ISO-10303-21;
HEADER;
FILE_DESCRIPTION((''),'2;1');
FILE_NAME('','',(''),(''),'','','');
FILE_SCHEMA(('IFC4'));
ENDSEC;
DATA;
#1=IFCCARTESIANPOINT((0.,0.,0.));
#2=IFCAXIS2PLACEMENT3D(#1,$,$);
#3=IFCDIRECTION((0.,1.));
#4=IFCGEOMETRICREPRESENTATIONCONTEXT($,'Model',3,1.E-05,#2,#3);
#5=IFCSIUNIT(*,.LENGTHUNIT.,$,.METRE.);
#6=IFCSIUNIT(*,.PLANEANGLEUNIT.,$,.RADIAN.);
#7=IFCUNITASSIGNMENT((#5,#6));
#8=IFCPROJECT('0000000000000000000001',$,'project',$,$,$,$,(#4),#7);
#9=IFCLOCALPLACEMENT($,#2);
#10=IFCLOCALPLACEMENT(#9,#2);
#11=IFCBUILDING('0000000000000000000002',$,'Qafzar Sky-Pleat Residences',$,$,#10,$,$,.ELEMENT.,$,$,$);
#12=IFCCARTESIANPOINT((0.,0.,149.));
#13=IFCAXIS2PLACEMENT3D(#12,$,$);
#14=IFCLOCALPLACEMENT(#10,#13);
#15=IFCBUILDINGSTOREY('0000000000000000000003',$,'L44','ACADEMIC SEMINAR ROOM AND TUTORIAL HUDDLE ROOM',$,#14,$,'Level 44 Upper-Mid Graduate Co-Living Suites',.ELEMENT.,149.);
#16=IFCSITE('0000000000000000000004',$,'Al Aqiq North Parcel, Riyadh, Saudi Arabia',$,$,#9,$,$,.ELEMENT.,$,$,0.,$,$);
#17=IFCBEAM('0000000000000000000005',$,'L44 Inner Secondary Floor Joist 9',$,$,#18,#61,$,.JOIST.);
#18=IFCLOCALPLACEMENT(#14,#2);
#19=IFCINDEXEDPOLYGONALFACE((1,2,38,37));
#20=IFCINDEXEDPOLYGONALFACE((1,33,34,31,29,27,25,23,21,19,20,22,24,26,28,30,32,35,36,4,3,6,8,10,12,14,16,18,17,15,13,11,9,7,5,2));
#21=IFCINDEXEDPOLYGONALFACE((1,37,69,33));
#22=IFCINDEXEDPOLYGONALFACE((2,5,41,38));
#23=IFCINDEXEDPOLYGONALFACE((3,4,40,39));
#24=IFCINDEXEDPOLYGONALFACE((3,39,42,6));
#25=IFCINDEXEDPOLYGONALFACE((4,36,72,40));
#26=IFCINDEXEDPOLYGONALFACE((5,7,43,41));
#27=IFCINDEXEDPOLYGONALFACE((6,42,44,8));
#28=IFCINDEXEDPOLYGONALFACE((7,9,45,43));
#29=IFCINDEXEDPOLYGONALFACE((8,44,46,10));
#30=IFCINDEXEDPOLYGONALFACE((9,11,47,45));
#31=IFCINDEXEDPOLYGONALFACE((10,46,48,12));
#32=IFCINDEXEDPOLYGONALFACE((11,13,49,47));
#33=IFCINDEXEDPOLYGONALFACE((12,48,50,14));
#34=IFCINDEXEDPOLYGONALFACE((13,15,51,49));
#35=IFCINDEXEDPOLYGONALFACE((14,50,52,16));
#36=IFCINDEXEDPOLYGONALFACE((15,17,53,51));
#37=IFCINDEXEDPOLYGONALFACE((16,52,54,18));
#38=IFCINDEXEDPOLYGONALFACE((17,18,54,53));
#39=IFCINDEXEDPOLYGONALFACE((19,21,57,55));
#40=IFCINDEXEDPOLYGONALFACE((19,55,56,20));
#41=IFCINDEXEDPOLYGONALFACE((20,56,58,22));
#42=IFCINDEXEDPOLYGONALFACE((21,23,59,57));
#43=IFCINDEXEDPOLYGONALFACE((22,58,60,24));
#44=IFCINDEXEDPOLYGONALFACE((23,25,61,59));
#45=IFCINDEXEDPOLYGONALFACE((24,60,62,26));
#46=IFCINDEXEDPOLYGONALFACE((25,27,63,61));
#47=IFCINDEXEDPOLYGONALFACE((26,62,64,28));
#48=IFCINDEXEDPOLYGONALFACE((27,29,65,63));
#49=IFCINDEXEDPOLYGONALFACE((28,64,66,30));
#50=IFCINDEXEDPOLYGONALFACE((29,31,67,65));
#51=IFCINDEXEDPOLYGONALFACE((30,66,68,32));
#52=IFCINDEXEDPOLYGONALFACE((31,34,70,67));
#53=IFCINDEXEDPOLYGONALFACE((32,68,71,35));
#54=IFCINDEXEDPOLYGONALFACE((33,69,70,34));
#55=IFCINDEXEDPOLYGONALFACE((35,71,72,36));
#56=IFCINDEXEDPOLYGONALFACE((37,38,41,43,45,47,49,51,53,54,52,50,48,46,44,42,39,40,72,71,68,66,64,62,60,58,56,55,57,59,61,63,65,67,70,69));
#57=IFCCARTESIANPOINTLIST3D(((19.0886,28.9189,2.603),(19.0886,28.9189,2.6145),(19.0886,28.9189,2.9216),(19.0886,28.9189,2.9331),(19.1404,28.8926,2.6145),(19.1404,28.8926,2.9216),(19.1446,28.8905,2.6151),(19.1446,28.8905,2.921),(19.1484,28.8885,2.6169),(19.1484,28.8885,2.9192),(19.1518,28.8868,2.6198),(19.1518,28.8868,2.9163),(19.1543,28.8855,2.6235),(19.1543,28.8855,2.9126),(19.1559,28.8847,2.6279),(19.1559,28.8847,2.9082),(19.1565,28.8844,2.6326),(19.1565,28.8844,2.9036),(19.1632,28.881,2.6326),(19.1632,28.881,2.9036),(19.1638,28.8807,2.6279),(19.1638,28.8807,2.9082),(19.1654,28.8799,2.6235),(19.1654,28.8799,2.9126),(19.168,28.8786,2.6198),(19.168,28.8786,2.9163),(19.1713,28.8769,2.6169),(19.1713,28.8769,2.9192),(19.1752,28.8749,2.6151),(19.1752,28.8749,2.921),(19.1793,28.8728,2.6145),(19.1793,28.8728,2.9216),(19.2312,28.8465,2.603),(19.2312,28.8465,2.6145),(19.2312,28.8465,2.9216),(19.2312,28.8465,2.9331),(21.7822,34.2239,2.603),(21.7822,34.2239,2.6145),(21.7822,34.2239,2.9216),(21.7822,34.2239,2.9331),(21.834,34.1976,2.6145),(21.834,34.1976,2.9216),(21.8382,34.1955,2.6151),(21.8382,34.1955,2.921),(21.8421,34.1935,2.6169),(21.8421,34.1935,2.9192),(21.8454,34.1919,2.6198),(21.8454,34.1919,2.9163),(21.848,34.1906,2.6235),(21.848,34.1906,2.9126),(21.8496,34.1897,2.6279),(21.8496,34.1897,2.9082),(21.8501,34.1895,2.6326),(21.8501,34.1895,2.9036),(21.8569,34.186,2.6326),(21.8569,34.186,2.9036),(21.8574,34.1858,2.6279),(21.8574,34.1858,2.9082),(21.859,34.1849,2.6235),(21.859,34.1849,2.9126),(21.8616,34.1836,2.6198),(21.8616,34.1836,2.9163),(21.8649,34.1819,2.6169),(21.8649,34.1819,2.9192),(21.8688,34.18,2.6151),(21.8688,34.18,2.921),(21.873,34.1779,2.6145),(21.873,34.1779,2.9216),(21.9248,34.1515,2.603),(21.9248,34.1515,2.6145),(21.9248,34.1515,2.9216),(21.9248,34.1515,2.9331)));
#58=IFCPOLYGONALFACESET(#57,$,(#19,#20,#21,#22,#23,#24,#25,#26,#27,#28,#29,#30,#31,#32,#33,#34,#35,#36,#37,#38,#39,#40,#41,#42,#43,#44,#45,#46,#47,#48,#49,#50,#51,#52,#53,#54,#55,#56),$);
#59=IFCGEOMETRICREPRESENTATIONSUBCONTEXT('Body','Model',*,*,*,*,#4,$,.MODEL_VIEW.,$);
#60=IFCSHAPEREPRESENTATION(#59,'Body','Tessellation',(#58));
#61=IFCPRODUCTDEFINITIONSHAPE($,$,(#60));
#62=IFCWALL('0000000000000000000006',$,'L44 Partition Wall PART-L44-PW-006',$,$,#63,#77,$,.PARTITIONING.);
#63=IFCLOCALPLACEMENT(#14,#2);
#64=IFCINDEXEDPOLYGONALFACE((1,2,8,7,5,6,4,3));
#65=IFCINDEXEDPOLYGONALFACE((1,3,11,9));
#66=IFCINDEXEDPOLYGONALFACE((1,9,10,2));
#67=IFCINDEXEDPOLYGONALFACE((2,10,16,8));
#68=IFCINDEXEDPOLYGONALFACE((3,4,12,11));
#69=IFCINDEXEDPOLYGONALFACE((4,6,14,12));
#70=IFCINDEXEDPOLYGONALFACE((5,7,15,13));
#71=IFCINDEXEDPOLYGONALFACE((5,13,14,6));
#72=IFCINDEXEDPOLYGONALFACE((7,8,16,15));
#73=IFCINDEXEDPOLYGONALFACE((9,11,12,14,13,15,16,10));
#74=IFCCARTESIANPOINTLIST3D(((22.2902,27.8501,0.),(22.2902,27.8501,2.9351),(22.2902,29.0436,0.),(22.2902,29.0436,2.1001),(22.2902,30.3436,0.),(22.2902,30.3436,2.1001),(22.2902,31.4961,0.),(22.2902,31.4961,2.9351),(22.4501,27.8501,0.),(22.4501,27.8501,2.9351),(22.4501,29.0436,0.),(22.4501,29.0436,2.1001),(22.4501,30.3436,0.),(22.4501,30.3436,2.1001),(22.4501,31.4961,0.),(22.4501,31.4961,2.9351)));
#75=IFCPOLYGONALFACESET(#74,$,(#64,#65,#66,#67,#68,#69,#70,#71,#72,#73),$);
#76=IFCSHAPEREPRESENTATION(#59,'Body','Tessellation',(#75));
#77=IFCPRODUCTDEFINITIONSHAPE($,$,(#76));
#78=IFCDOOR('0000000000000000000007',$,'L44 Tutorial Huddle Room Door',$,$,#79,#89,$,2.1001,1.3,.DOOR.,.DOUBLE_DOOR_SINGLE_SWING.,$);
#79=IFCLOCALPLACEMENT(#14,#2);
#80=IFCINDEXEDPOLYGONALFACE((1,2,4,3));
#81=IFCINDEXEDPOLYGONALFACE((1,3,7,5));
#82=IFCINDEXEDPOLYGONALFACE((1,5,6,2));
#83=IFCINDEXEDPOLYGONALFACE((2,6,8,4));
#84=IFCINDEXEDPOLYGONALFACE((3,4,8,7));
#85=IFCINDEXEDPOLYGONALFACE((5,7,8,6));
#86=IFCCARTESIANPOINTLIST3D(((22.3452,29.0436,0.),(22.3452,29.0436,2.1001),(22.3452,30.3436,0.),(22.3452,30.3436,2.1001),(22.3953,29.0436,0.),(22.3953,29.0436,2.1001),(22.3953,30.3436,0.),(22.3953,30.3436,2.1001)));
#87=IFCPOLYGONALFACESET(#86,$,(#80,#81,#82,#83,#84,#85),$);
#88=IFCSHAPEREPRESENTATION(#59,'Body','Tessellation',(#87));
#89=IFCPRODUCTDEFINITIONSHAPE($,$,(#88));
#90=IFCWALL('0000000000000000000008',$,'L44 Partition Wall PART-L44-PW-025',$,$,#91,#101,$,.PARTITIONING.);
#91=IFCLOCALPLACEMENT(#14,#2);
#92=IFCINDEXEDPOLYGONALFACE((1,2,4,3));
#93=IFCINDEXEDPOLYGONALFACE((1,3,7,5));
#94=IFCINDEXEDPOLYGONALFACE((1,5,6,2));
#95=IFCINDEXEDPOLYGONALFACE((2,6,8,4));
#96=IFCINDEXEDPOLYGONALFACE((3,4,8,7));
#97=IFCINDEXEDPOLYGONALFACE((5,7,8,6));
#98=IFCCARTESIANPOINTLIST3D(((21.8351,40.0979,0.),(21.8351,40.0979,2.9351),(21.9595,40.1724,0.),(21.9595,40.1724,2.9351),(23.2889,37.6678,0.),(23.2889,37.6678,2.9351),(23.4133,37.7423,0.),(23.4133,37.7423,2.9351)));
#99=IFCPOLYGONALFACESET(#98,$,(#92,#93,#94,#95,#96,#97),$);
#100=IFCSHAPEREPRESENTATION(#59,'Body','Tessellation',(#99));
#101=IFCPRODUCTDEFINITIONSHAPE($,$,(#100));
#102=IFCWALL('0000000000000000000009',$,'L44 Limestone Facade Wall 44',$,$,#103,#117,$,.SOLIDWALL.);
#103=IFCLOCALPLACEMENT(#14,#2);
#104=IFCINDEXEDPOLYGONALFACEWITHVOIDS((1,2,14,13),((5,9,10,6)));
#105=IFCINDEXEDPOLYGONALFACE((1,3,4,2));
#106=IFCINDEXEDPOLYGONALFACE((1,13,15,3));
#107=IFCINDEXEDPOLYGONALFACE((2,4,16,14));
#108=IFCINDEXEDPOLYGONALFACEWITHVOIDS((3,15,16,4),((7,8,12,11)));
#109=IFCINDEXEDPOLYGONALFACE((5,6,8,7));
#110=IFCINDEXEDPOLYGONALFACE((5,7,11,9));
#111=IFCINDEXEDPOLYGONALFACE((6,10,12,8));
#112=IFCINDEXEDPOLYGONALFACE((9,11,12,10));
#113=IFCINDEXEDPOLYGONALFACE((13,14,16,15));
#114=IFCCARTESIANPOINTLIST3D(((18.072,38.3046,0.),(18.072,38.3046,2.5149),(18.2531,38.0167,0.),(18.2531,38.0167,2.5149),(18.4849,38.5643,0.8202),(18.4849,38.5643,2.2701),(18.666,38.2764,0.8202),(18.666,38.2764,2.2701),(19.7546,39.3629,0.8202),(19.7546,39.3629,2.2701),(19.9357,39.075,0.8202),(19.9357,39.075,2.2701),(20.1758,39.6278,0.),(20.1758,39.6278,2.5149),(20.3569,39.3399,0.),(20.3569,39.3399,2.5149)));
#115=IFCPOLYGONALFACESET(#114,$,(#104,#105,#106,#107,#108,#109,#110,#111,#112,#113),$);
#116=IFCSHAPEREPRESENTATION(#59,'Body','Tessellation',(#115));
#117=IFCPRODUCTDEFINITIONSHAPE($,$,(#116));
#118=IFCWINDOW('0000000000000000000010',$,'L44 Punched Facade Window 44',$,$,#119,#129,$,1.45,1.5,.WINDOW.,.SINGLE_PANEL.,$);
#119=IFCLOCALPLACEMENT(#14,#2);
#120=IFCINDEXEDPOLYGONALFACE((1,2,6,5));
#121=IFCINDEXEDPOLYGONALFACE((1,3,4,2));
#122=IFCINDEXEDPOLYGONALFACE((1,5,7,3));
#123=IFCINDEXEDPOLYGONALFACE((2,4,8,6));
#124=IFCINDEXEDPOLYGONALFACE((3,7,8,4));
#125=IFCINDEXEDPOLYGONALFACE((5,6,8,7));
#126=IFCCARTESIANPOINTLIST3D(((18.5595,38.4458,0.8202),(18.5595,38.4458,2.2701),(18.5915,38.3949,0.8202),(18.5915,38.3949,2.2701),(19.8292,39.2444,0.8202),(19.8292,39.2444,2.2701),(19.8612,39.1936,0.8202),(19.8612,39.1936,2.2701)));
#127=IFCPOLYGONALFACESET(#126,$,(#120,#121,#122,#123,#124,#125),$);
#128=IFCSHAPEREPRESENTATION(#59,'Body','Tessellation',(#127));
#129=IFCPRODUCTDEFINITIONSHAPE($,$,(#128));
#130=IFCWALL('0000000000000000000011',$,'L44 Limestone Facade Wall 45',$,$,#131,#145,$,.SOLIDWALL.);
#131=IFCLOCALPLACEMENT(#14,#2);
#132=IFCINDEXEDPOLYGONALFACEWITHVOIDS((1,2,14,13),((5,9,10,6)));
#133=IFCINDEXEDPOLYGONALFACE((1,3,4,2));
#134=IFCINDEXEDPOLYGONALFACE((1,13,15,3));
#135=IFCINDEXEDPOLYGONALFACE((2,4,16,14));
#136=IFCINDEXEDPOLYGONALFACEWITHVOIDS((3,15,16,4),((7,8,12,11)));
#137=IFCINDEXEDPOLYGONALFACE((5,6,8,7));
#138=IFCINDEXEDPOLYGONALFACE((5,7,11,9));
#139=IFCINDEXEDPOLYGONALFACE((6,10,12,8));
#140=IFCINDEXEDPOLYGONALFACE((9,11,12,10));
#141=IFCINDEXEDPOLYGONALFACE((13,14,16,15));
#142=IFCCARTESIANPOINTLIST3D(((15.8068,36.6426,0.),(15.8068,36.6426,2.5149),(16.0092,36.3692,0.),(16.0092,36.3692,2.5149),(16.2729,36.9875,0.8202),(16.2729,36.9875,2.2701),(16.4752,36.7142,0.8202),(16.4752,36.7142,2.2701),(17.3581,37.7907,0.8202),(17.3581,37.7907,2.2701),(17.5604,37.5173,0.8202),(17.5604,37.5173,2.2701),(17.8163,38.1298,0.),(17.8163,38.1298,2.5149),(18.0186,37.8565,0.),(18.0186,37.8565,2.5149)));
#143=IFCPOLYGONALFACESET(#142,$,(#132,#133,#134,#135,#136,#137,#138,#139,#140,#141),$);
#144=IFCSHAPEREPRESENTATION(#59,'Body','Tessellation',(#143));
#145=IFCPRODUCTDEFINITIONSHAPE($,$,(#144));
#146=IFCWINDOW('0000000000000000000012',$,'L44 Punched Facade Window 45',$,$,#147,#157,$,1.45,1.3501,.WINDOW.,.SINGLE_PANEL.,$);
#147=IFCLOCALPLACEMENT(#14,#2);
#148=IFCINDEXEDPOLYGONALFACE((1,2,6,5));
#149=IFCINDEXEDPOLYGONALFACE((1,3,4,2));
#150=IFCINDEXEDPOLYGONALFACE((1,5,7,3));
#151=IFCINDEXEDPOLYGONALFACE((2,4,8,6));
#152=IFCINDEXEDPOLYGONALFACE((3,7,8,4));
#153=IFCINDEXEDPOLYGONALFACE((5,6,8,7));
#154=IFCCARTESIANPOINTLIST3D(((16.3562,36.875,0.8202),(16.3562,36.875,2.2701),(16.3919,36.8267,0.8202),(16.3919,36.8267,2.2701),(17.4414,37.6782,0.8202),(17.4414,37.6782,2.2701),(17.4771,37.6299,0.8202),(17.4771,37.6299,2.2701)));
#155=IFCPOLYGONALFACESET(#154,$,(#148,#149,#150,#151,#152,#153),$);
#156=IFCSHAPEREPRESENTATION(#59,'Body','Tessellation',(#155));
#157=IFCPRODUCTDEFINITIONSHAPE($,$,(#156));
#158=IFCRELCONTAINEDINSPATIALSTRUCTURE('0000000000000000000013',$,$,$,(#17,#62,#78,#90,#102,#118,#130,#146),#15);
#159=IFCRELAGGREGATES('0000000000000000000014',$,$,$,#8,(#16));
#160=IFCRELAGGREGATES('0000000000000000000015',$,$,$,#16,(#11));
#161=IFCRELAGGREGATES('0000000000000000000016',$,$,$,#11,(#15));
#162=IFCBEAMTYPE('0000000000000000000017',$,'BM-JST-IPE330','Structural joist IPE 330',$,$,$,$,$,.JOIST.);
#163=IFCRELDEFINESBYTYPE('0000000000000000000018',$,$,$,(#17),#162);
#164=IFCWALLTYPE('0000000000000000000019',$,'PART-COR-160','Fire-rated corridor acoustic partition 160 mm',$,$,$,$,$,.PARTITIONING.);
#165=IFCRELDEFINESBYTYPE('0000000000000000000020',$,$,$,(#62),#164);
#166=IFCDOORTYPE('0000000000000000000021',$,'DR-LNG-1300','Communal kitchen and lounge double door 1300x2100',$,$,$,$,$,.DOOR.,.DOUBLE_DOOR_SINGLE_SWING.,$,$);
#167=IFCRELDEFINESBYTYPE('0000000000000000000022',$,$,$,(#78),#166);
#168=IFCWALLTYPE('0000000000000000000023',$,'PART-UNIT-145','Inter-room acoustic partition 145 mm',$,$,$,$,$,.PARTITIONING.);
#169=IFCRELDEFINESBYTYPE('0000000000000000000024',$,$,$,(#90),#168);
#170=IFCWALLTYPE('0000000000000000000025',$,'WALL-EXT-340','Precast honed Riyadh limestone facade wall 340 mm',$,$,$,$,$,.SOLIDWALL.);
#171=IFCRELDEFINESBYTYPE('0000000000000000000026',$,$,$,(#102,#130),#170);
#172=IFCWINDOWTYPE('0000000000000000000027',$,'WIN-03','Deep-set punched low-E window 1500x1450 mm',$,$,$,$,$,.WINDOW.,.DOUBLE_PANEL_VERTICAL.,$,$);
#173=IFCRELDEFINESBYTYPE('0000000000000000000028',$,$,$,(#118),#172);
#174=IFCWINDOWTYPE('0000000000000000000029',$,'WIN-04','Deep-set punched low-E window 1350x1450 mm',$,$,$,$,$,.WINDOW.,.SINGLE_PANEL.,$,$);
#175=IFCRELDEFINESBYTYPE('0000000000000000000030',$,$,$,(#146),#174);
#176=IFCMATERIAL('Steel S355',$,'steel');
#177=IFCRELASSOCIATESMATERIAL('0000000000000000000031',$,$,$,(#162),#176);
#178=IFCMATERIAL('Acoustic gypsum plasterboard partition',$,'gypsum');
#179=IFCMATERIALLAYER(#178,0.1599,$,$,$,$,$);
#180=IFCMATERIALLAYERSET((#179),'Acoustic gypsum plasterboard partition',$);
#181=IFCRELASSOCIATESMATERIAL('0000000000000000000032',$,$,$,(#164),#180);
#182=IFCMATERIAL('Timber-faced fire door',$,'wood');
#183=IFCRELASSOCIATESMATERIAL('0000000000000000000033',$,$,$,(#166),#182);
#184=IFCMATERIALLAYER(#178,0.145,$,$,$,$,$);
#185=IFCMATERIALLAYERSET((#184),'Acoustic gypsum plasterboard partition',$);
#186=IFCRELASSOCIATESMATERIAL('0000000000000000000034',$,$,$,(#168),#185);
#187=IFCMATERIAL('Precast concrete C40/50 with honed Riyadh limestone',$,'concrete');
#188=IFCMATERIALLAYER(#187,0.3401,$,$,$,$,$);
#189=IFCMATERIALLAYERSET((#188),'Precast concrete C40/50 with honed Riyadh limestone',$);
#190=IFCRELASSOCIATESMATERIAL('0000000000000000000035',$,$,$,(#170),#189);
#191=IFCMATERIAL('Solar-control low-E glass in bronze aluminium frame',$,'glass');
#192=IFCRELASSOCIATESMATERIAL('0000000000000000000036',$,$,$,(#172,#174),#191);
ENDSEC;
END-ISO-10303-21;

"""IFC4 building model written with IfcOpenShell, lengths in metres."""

from ifc_helpers import new_model, si_unit, direction, frame, frame_2d, origin, origin_2d, place, context, subcontext, project, spatial, rectangle, i_section, extrude, source, transform, mapped, material, layer, layer_set, material_profile, profile_set, type_object, element, fill, save


model = new_model("IFC4")

# Units and contexts
model_context = context("Model", 3, precision=1e-05, world=origin(), true_north=direction((0.0, 1.0)))
body_context = subcontext(model_context, "Body", "Model", "MODEL_VIEW")
ifc_project = project(units=[si_unit("LENGTHUNIT", "METRE"), si_unit("PLANEANGLEUNIT", "RADIAN")], contexts=[model_context])

# Site, building, storey
site_placement = place(None, origin())
site = spatial("IfcSite", under=ifc_project, at=site_placement, Name="Al Aqiq North Parcel, Riyadh, Saudi Arabia", CompositionType="ELEMENT", RefElevation=0.0)
building_placement = place(site_placement, origin())
building = spatial("IfcBuilding", under=site, at=building_placement, Name="Qafzar Sky-Pleat Residences", CompositionType="ELEMENT")
storey_placement = place(building_placement, frame((0.0, 0.0, 149.0)))
storey = spatial("IfcBuildingStorey", under=building, at=storey_placement, Name="L44", Description="ACADEMIC SEMINAR ROOM AND TUTORIAL HUDDLE ROOM", LongName="Level 44 Upper-Mid Graduate Co-Living Suites", CompositionType="ELEMENT", Elevation=149.0)

# Beam
ifc_material_1 = material(Name="Steel S355", Category="steel")
ifc_material_profile_1 = material_profile(ifc_material_1, i_section(OverallWidth=0.1599, OverallDepth=0.3301, WebThickness=0.0076, FlangeThickness=0.0115, FilletRadius=0.0181, at=origin_2d()), Name="IPE 330")
ifc_profile_set_1 = profile_set([ifc_material_profile_1], Name="Steel S355")
beam_type_1 = type_object("IfcBeamType", Name="BM-JST-IPE330", Description="Structural joist IPE 330", PredefinedType="JOIST", material=ifc_profile_set_1)
shared_shape_1 = source(origin(), body_context, "Body", "SweptSolid", [
    extrude(i_section(OverallWidth=0.1599, OverallDepth=0.3301, WebThickness=0.0076, FlangeThickness=0.0115, FilletRadius=0.0181, at=origin_2d()), origin(), (0.0, 0.0, 1.0), 5.9497),
])
beam_1_placement = place(storey_placement, frame((21.8535, 34.1877, 2.7681), z_axis=(-0.452737, -0.891644, 0.0), x_axis=(0.891644, -0.452737, 0.0)))
element("IfcBeam", 1, at=beam_1_placement, inside=storey, type_object=beam_type_1, Name="L44 Inner Secondary Floor Joist 9", PredefinedType="JOIST", context=body_context, shape_type="MappedRepresentation", body=[
    mapped(shared_shape_1, transform((0.0, 0.0, 0.0), x_axis=(1.0, 0.0, 0.0), y_axis=(0.0, 1.0, 0.0), z_axis=(0.0, 0.0, 1.0), scale=1.0)),
])

# Wall, opening, door
ifc_material_2 = material(Name="Acoustic gypsum plasterboard partition", Category="gypsum")
ifc_layer_1 = layer(ifc_material_2, 0.1599)
ifc_layer_set_1 = layer_set([ifc_layer_1], Name="Acoustic gypsum plasterboard partition")
wall_type_1 = type_object("IfcWallType", Name="PART-COR-160", Description="Fire-rated corridor acoustic partition 160 mm", PredefinedType="PARTITIONING", material=ifc_layer_set_1)
wall_1_placement = place(storey_placement, frame((22.3701, 27.8501, 0.0), z_axis=(0.0, 0.0, 1.0), x_axis=(0.0, 1.0, 0.0)))
wall_1 = element("IfcWall", 2, at=wall_1_placement, inside=storey, type_object=wall_type_1, Name="L44 Partition Wall PART-L44-PW-006", PredefinedType="PARTITIONING", context=body_context, shape_type="SweptSolid", body=[
    extrude(rectangle(XDim=3.646, YDim=0.1599, at=frame_2d((1.823, 0.0))), origin(), (0.0, 0.0, 1.0), 2.9351),
])
opening_1_placement = place(wall_1_placement, frame((1.1936, 0.0, 0.0)))
opening_1 = element("IfcOpeningElement", 3, at=opening_1_placement, cuts=wall_1, PredefinedType="OPENING", context=body_context, shape_type="SweptSolid", body=[
    extrude(rectangle(XDim=1.3, YDim=2.1001, at=frame_2d((0.6499, 1.05))), frame((0.0, 0.0898, 0.0), z_axis=(0.0, -1.0, 0.0), x_axis=(1.0, 0.0, 0.0)), (0.0, 0.0, 1.0), 0.1799),
])
ifc_material_3 = material(Name="Timber-faced fire door", Category="wood")
door_type = type_object("IfcDoorType", Name="DR-LNG-1300", Description="Communal kitchen and lounge double door 1300x2100", OperationType="DOUBLE_DOOR_SINGLE_SWING", PredefinedType="DOOR", material=ifc_material_3)
shared_shape_2 = source(origin(), body_context, "Body", "SweptSolid", [
    extrude(rectangle(XDim=1.3, YDim=2.1001, at=frame_2d((0.6499, 1.05))), frame((0.0, 0.0249, 0.0), z_axis=(0.0, -1.0, 0.0), x_axis=(1.0, 0.0, 0.0)), (0.0, 0.0, 1.0), 0.05),
])
door_placement = place(opening_1_placement, origin())
door = element("IfcDoor", 4, at=door_placement, inside=storey, type_object=door_type, Name="L44 Tutorial Huddle Room Door", OperationType="DOUBLE_DOOR_SINGLE_SWING", OverallHeight=2.1001, OverallWidth=1.3, PredefinedType="DOOR", context=body_context, shape_type="MappedRepresentation", body=[
    mapped(shared_shape_2, transform((0.0, 0.0, 0.0), x_axis=(1.0, 0.0, 0.0), y_axis=(0.0, 1.0, 0.0), z_axis=(0.0, 0.0, 1.0), scale=1.0)),
])
fill(opening_1, door)

# Wall
ifc_layer_2 = layer(ifc_material_2, 0.145)
ifc_layer_set_2 = layer_set([ifc_layer_2], Name="Acoustic gypsum plasterboard partition")
wall_type_2 = type_object("IfcWallType", Name="PART-UNIT-145", Description="Inter-room acoustic partition 145 mm", PredefinedType="PARTITIONING", material=ifc_layer_set_2)
wall_2_placement = place(storey_placement, frame((21.8972, 40.1353, 0.0), z_axis=(0.0, 0.0, 1.0), x_axis=(0.513392, -0.858154, 0.0)))
element("IfcWall", 5, at=wall_2_placement, inside=storey, type_object=wall_type_2, Name="L44 Partition Wall PART-L44-PW-025", PredefinedType="PARTITIONING", context=body_context, shape_type="SweptSolid", body=[
    extrude(rectangle(XDim=2.8318, YDim=0.145, at=frame_2d((1.416, 0.0))), origin(), (0.0, 0.0, 1.0), 2.9351),
])

# Walls, openings, windows
ifc_material_4 = material(Name="Precast concrete C40/50 with honed Riyadh limestone", Category="concrete")
ifc_layer_3 = layer(ifc_material_4, 0.3401)
ifc_layer_set_3 = layer_set([ifc_layer_3], Name="Precast concrete C40/50 with honed Riyadh limestone")
wall_type_3 = type_object("IfcWallType", Name="WALL-EXT-340", Description="Precast honed Riyadh limestone facade wall 340 mm", PredefinedType="SOLIDWALL", material=ifc_layer_set_3)
wall_3_placement = place(storey_placement, frame((20.2664, 39.4839, 0.0), z_axis=(0.0, 0.0, 1.0), x_axis=(-0.846477, -0.532425, 0.0)))
wall_3 = element("IfcWall", 6, at=wall_3_placement, inside=storey, type_object=wall_type_3, Name="L44 Limestone Facade Wall 44", PredefinedType="SOLIDWALL", context=body_context, shape_type="SweptSolid", body=[
    extrude(rectangle(XDim=2.4854, YDim=0.3401, at=frame_2d((1.2427, 0.0))), origin(), (0.0, 0.0, 1.0), 2.5149),
])
opening_2_placement = place(wall_3_placement, frame((0.4976, 0.0, 0.8201)))
opening_2 = element("IfcOpeningElement", 7, at=opening_2_placement, cuts=wall_3, PredefinedType="OPENING", context=body_context, shape_type="SweptSolid", body=[
    extrude(rectangle(XDim=1.5, YDim=1.45, at=frame_2d((0.75, 0.7251))), frame((0.0, 0.1802, 0.0), z_axis=(0.0, -1.0, 0.0), x_axis=(1.0, 0.0, 0.0)), (0.0, 0.0, 1.0), 0.3601),
])
ifc_material_5 = material(Name="Solar-control low-E glass in bronze aluminium frame", Category="glass")
window_type_1 = type_object("IfcWindowType", Name="WIN-03", Description="Deep-set punched low-E window 1500x1450 mm", PartitioningType="DOUBLE_PANEL_VERTICAL", PredefinedType="WINDOW", material=ifc_material_5)
shared_shape_3 = source(origin(), body_context, "Body", "SweptSolid", [
    extrude(rectangle(XDim=1.5, YDim=1.45, at=frame_2d((0.75, 0.7251))), frame((0.0, 0.03, 0.0), z_axis=(0.0, -1.0, 0.0), x_axis=(1.0, 0.0, 0.0)), (0.0, 0.0, 1.0), 0.0601),
])
window_1_placement = place(opening_2_placement, origin())
window_1 = element("IfcWindow", 8, at=window_1_placement, inside=storey, type_object=window_type_1, Name="L44 Punched Facade Window 44", OverallHeight=1.45, OverallWidth=1.5, PartitioningType="SINGLE_PANEL", PredefinedType="WINDOW", context=body_context, shape_type="MappedRepresentation", body=[
    mapped(shared_shape_3, transform((0.0, 0.0, 0.0), x_axis=(1.0, 0.0, 0.0), y_axis=(0.0, 1.0, 0.0), z_axis=(0.0, 0.0, 1.0), scale=1.0)),
])
fill(opening_2, window_1)
wall_4_placement = place(storey_placement, frame((17.9175, 37.9932, 0.0), z_axis=(0.0, 0.0, 1.0), x_axis=(-0.803792, -0.59491, 0.0)))
wall_4 = element("IfcWall", 9, at=wall_4_placement, inside=storey, type_object=wall_type_3, Name="L44 Limestone Facade Wall 45", PredefinedType="SOLIDWALL", context=body_context, shape_type="SweptSolid", body=[
    extrude(rectangle(XDim=2.5, YDim=0.3401, at=frame_2d((1.25, 0.0))), origin(), (0.0, 0.0, 1.0), 2.5149),
])
opening_3_placement = place(wall_4_placement, frame((0.5701, 0.0, 0.8201)))
opening_3 = element("IfcOpeningElement", 10, at=opening_3_placement, cuts=wall_4, PredefinedType="OPENING", context=body_context, shape_type="SweptSolid", body=[
    extrude(rectangle(XDim=1.3501, YDim=1.45, at=frame_2d((0.675, 0.7251))), frame((0.0, 0.1802, 0.0), z_axis=(0.0, -1.0, 0.0), x_axis=(1.0, 0.0, 0.0)), (0.0, 0.0, 1.0), 0.3601),
])
window_type_2 = type_object("IfcWindowType", Name="WIN-04", Description="Deep-set punched low-E window 1350x1450 mm", PartitioningType="SINGLE_PANEL", PredefinedType="WINDOW", material=ifc_material_5)
shared_shape_4 = source(origin(), body_context, "Body", "SweptSolid", [
    extrude(rectangle(XDim=1.3501, YDim=1.45, at=frame_2d((0.675, 0.7251))), frame((0.0, 0.03, 0.0), z_axis=(0.0, -1.0, 0.0), x_axis=(1.0, 0.0, 0.0)), (0.0, 0.0, 1.0), 0.0601),
])
window_2_placement = place(opening_3_placement, origin())
window_2 = element("IfcWindow", 11, at=window_2_placement, inside=storey, type_object=window_type_2, Name="L44 Punched Facade Window 45", OverallHeight=1.45, OverallWidth=1.3501, PartitioningType="SINGLE_PANEL", PredefinedType="WINDOW", context=body_context, shape_type="MappedRepresentation", body=[
    mapped(shared_shape_4, transform((0.0, 0.0, 0.0), x_axis=(1.0, 0.0, 0.0), y_axis=(0.0, 1.0, 0.0), z_axis=(0.0, 0.0, 1.0), scale=1.0)),
])
fill(opening_3, window_2)

save(model, "model.ifc")
